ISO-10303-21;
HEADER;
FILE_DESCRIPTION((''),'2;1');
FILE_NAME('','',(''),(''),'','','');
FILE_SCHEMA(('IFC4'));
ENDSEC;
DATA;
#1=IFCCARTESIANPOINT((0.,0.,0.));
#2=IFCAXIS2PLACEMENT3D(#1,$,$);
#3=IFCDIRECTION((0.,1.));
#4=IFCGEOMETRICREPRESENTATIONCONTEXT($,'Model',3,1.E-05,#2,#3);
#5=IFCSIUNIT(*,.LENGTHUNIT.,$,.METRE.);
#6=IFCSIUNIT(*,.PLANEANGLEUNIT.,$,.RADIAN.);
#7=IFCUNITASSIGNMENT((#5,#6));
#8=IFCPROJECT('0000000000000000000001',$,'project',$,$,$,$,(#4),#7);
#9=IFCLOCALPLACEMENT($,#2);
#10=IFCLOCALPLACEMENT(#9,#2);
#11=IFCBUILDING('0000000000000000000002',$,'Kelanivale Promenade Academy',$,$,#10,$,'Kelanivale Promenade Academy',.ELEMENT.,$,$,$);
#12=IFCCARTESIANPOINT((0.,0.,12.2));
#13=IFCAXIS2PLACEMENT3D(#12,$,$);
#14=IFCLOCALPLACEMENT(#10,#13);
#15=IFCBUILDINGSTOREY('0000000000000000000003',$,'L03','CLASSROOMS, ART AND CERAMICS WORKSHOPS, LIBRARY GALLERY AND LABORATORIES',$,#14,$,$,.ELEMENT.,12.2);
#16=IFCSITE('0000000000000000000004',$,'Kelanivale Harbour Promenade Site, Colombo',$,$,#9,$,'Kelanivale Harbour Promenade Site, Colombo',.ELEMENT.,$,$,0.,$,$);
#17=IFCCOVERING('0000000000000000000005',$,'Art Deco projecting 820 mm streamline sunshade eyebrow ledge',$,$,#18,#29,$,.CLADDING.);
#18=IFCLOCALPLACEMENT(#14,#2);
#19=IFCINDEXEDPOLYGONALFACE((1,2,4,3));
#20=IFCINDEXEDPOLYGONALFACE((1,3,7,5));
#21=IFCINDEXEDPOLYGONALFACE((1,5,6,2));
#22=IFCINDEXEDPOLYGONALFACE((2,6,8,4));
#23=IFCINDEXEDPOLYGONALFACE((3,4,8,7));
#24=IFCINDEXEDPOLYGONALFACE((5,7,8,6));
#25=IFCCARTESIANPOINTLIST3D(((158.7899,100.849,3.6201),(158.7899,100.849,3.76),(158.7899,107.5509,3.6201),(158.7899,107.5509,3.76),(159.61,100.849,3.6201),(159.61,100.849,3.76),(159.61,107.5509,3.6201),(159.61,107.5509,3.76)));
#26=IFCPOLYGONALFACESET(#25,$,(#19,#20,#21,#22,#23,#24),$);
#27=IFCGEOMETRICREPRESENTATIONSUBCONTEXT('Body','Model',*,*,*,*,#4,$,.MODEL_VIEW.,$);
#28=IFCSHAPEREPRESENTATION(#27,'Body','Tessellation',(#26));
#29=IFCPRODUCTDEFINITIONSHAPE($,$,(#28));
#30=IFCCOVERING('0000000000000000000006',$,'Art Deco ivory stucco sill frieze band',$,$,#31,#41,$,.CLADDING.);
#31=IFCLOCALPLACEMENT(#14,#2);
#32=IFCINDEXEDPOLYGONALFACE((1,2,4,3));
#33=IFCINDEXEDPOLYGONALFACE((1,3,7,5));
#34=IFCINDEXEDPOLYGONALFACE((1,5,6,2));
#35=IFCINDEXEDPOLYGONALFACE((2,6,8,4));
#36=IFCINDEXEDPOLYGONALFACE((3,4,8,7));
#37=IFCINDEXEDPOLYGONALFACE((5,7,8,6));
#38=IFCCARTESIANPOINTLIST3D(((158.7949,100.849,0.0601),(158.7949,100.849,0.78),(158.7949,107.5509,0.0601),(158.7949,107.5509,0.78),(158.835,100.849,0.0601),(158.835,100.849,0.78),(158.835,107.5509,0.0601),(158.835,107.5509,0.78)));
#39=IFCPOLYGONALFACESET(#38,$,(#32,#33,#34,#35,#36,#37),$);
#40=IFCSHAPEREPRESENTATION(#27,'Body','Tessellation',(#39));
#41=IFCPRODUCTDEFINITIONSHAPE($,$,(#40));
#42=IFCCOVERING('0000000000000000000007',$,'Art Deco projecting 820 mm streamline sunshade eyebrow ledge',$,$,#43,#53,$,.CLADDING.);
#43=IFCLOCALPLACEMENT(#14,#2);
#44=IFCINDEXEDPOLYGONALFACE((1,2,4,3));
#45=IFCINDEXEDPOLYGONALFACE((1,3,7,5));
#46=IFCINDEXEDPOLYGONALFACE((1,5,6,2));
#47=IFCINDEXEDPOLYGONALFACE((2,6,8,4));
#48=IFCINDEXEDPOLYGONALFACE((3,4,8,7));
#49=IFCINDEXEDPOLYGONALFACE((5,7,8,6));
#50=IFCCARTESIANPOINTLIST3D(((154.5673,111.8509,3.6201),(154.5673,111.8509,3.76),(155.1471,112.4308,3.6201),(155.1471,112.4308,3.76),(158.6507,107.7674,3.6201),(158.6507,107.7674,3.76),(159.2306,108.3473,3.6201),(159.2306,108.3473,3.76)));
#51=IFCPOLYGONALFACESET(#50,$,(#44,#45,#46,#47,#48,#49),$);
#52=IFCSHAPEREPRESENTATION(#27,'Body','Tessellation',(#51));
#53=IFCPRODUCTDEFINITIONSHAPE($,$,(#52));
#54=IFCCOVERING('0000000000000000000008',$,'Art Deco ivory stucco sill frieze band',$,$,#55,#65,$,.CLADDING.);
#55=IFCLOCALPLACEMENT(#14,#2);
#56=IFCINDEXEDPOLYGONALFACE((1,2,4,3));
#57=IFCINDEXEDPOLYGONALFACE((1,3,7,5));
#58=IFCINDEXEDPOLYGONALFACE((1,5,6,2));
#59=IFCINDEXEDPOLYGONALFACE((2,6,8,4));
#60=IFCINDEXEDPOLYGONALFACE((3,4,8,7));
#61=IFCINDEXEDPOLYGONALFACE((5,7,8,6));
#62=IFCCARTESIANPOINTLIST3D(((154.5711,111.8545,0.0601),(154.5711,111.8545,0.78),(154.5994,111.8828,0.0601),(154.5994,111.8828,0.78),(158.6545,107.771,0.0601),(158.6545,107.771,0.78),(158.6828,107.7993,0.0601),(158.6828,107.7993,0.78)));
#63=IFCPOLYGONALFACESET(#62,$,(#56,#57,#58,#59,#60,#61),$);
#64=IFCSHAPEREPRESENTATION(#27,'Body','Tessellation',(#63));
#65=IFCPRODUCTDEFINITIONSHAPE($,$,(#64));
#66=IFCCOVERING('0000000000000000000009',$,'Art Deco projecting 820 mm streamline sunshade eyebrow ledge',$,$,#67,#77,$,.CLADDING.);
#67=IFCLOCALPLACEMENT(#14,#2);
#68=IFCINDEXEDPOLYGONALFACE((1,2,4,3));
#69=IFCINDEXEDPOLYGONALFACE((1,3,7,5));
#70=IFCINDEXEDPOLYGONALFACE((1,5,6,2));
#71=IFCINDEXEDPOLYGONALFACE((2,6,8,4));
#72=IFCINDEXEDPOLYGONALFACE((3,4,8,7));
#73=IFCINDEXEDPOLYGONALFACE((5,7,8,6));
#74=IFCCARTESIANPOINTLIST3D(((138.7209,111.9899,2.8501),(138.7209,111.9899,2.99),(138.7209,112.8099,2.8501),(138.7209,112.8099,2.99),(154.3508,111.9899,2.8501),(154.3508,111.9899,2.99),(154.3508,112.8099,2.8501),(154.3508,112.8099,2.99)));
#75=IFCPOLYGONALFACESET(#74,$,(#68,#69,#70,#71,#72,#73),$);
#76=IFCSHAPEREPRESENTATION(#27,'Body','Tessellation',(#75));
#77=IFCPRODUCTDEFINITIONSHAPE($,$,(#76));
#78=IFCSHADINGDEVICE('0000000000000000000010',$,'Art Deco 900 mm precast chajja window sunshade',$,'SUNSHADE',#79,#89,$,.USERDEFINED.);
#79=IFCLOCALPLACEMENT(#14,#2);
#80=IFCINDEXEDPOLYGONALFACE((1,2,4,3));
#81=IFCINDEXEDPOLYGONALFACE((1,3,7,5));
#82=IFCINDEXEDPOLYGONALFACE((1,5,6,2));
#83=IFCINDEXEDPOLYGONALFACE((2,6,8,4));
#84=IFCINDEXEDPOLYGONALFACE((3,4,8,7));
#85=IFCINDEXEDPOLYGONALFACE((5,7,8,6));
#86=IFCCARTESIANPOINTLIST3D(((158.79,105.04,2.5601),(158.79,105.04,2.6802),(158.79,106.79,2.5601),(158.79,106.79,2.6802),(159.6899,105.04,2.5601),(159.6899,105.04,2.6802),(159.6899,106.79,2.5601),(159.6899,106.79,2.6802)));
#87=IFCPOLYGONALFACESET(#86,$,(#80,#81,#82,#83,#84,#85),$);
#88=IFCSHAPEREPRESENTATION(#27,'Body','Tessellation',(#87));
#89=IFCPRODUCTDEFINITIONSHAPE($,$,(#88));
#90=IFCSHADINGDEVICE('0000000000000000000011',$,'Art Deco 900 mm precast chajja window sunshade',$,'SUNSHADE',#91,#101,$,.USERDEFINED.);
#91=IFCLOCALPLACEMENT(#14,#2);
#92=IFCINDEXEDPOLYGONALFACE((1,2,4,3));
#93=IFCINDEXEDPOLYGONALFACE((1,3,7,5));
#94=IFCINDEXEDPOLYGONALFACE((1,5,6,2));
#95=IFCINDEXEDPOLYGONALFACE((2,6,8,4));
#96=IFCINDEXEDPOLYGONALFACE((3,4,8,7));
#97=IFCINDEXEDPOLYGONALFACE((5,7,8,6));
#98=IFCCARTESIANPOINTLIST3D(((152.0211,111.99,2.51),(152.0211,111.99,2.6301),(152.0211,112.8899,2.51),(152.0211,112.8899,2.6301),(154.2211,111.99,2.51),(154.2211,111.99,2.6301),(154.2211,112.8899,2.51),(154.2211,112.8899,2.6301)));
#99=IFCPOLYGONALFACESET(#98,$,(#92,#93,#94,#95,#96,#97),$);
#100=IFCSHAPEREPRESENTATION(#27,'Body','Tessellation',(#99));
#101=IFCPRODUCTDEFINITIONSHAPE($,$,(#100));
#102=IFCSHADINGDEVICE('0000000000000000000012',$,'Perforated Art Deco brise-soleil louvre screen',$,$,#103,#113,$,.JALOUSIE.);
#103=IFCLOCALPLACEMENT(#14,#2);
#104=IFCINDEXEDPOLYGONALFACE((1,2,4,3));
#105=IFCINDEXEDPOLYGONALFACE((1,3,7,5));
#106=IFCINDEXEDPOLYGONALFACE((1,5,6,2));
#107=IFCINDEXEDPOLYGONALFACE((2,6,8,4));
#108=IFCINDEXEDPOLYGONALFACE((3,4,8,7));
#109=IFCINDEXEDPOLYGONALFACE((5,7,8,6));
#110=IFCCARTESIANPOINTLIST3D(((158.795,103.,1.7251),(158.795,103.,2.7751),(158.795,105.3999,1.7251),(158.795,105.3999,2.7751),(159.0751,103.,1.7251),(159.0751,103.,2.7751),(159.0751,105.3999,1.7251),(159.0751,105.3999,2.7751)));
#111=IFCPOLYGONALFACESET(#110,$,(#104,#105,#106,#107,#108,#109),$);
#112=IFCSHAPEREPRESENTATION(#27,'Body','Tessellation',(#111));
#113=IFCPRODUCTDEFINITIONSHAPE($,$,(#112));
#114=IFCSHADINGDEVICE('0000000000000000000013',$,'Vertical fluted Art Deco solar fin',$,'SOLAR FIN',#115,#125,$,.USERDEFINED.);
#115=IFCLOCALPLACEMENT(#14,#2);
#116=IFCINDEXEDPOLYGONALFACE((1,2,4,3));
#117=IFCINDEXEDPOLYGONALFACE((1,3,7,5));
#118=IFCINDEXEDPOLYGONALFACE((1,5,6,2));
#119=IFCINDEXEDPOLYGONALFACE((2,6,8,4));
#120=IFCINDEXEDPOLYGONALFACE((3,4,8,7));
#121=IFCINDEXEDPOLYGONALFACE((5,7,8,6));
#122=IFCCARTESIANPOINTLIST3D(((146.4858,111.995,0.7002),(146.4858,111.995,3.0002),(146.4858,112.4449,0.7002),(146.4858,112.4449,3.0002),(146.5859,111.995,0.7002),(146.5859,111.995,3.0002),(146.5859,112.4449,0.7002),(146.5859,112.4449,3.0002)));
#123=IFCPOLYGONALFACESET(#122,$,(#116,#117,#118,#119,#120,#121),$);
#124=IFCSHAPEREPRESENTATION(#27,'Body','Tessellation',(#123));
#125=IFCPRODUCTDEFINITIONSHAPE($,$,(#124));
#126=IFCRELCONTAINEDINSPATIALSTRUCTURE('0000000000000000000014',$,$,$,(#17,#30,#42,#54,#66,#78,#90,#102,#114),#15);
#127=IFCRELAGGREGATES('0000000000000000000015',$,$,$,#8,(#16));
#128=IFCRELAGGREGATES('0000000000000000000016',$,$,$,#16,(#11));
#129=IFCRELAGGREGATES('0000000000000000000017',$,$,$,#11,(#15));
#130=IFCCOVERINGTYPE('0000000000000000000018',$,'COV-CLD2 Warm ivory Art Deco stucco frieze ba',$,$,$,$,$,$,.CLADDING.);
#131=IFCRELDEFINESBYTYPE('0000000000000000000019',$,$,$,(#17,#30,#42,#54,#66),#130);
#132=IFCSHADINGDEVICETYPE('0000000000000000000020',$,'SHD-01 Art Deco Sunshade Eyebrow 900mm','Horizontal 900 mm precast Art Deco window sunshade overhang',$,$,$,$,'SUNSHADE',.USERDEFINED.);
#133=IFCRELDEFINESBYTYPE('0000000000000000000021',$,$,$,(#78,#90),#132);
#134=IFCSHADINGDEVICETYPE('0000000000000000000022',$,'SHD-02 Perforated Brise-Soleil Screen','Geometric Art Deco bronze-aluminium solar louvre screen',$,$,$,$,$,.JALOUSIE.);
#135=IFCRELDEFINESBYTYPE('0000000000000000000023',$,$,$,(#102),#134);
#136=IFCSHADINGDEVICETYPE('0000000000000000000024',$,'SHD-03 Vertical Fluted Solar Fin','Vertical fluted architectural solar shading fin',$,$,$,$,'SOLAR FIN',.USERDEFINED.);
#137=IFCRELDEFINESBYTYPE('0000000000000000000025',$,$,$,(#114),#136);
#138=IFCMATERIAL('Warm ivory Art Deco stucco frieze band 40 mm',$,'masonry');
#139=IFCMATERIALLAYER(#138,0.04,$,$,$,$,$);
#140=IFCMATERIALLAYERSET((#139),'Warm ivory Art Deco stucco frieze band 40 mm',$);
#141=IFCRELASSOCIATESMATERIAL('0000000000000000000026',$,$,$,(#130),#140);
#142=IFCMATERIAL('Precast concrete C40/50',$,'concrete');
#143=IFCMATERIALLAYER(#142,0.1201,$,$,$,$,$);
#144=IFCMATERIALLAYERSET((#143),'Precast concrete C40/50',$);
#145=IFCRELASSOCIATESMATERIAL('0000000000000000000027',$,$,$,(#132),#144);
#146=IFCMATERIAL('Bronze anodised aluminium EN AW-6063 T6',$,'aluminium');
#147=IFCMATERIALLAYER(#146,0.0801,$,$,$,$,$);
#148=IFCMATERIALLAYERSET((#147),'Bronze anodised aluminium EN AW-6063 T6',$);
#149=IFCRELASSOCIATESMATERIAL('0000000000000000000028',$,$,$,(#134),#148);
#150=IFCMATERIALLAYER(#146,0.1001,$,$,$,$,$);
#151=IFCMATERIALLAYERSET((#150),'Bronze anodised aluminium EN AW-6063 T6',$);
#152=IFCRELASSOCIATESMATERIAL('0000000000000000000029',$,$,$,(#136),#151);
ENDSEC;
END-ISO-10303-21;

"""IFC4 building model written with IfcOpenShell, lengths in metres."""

from ifc_helpers import new_model, si_unit, direction, frame, origin, origin_2d, place, context, subcontext, project, spatial, rectangle, extrude, material, layer, layer_set, type_object, element, save


model = new_model("IFC4")

# Units and contexts
model_context = context("Model", 3, precision=1e-05, world=origin(), true_north=direction((0.0, 1.0)))
body_context = subcontext(model_context, "Body", "Model", "MODEL_VIEW")
ifc_project = project(units=[si_unit("LENGTHUNIT", "METRE"), si_unit("PLANEANGLEUNIT", "RADIAN")], contexts=[model_context])

# Site, building, storey
site_placement = place(None, origin())
site = spatial("IfcSite", under=ifc_project, at=site_placement, Name="Kelanivale Harbour Promenade Site, Colombo", LongName="Kelanivale Harbour Promenade Site, Colombo", CompositionType="ELEMENT", RefElevation=0.0)
building_placement = place(site_placement, origin())
building = spatial("IfcBuilding", under=site, at=building_placement, Name="Kelanivale Promenade Academy", LongName="Kelanivale Promenade Academy", CompositionType="ELEMENT")
storey_placement = place(building_placement, frame((0.0, 0.0, 12.2)))
storey = spatial("IfcBuildingStorey", under=building, at=storey_placement, Name="L03", Description="CLASSROOMS, ART AND CERAMICS WORKSHOPS, LIBRARY GALLERY AND LABORATORIES", CompositionType="ELEMENT", Elevation=12.2)

# Coverings
ifc_material_1 = material(Name="Warm ivory Art Deco stucco frieze band 40 mm", Category="masonry")
ifc_layer_1 = layer(ifc_material_1, 0.04)
ifc_layer_set_1 = layer_set([ifc_layer_1], Name="Warm ivory Art Deco stucco frieze band 40 mm")
covering_type = type_object("IfcCoveringType", Name="COV-CLD2 Warm ivory Art Deco stucco frieze ba", PredefinedType="CLADDING", material=ifc_layer_set_1)
covering_1_placement = place(storey_placement, frame((159.2, 104.2, 3.6201), z_axis=(0.0, 0.0, 1.0), x_axis=(0.0, 1.0, 0.0)))
element("IfcCovering", 1, at=covering_1_placement, inside=storey, type_object=covering_type, Name="Art Deco projecting 820 mm streamline sunshade eyebrow ledge", PredefinedType="CLADDING", context=body_context, shape_type="SweptSolid", body=[
    extrude(rectangle(XDim=6.7019, YDim=0.8201, at=origin_2d()), origin(), (0.0, 0.0, 1.0), 0.1399),
])
covering_2_placement = place(storey_placement, frame((158.8149, 104.2, 0.0601), z_axis=(0.0, 0.0, 1.0), x_axis=(0.0, 1.0, 0.0)))
element("IfcCovering", 2, at=covering_2_placement, inside=storey, type_object=covering_type, Name="Art Deco ivory stucco sill frieze band", PredefinedType="CLADDING", context=body_context, shape_type="SweptSolid", body=[
    extrude(rectangle(XDim=6.7019, YDim=0.04, at=origin_2d()), origin(), (0.0, 0.0, 1.0), 0.72),
])
covering_3_placement = place(storey_placement, frame((156.8989, 110.0991, 3.6201), z_axis=(0.0, 0.0, 1.0), x_axis=(-0.707107, 0.707107, 0.0)))
element("IfcCovering", 3, at=covering_3_placement, inside=storey, type_object=covering_type, Name="Art Deco projecting 820 mm streamline sunshade eyebrow ledge", PredefinedType="CLADDING", context=body_context, shape_type="SweptSolid", body=[
    extrude(rectangle(XDim=5.7749, YDim=0.8201, at=origin_2d()), origin(), (0.0, 0.0, 1.0), 0.1399),
])
covering_4_placement = place(storey_placement, frame((156.627, 109.8269, 0.0601), z_axis=(0.0, 0.0, 1.0), x_axis=(-0.707107, 0.707107, 0.0)))
element("IfcCovering", 4, at=covering_4_placement, inside=storey, type_object=covering_type, Name="Art Deco ivory stucco sill frieze band", PredefinedType="CLADDING", context=body_context, shape_type="SweptSolid", body=[
    extrude(rectangle(XDim=5.7749, YDim=0.04, at=origin_2d()), origin(), (0.0, 0.0, 1.0), 0.72),
])
covering_5_placement = place(storey_placement, frame((146.5359, 112.3999, 2.8501), z_axis=(0.0, 0.0, 1.0), x_axis=(-1.0, 0.0, 0.0)))
element("IfcCovering", 5, at=covering_5_placement, inside=storey, type_object=covering_type, Name="Art Deco projecting 820 mm streamline sunshade eyebrow ledge", PredefinedType="CLADDING", context=body_context, shape_type="SweptSolid", body=[
    extrude(rectangle(XDim=15.6299, YDim=0.8201, at=origin_2d()), origin(), (0.0, 0.0, 1.0), 0.1399),
])

# Shading devices
ifc_material_2 = material(Name="Precast concrete C40/50", Category="concrete")
ifc_layer_2 = layer(ifc_material_2, 0.1201)
ifc_layer_set_2 = layer_set([ifc_layer_2], Name="Precast concrete C40/50")
shading_device_type_1 = type_object("IfcShadingDeviceType", Name="SHD-01 Art Deco Sunshade Eyebrow 900mm", Description="Horizontal 900 mm precast Art Deco window sunshade overhang", ElementType="SUNSHADE", PredefinedType="USERDEFINED", material=ifc_layer_set_2)
shading_device_1_placement = place(storey_placement, frame((159.24, 105.915, 2.5601), z_axis=(0.0, 0.0, 1.0), x_axis=(0.0, 1.0, 0.0)))
element("IfcShadingDevice", 6, at=shading_device_1_placement, inside=storey, type_object=shading_device_type_1, Name="Art Deco 900 mm precast chajja window sunshade", ObjectType="SUNSHADE", PredefinedType="USERDEFINED", context=body_context, shape_type="SweptSolid", body=[
    extrude(rectangle(XDim=1.75, YDim=0.8999, at=origin_2d()), origin(), (0.0, 0.0, 1.0), 0.1201),
])
shading_device_2_placement = place(storey_placement, frame((153.1211, 112.4399, 2.51), z_axis=(0.0, 0.0, 1.0), x_axis=(-1.0, 0.0, 0.0)))
element("IfcShadingDevice", 7, at=shading_device_2_placement, inside=storey, type_object=shading_device_type_1, Name="Art Deco 900 mm precast chajja window sunshade", ObjectType="SUNSHADE", PredefinedType="USERDEFINED", context=body_context, shape_type="SweptSolid", body=[
    extrude(rectangle(XDim=2.2, YDim=0.8999, at=origin_2d()), origin(), (0.0, 0.0, 1.0), 0.1201),
])
ifc_material_3 = material(Name="Bronze anodised aluminium EN AW-6063 T6", Category="aluminium")
ifc_layer_3 = layer(ifc_material_3, 0.0801)
ifc_layer_set_3 = layer_set([ifc_layer_3], Name="Bronze anodised aluminium EN AW-6063 T6")
shading_device_type_2 = type_object("IfcShadingDeviceType", Name="SHD-02 Perforated Brise-Soleil Screen", Description="Geometric Art Deco bronze-aluminium solar louvre screen", PredefinedType="JALOUSIE", material=ifc_layer_set_3)
shading_device_3_placement = place(storey_placement, frame((158.9351, 104.2, 1.7251), z_axis=(0.0, 0.0, 1.0), x_axis=(0.0, 1.0, 0.0)))
element("IfcShadingDevice", 8, at=shading_device_3_placement, inside=storey, type_object=shading_device_type_2, Name="Perforated Art Deco brise-soleil louvre screen", PredefinedType="JALOUSIE", context=body_context, shape_type="SweptSolid", body=[
    extrude(rectangle(XDim=2.3999, YDim=0.28, at=origin_2d()), origin(), (0.0, 0.0, 1.0), 1.05),
])
ifc_layer_4 = layer(ifc_material_3, 0.1001)
ifc_layer_set_4 = layer_set([ifc_layer_4], Name="Bronze anodised aluminium EN AW-6063 T6")
shading_device_type_3 = type_object("IfcShadingDeviceType", Name="SHD-03 Vertical Fluted Solar Fin", Description="Vertical fluted architectural solar shading fin", ElementType="SOLAR FIN", PredefinedType="USERDEFINED", material=ifc_layer_set_4)
shading_device_4_placement = place(storey_placement, frame((146.5359, 112.22, 0.7002), z_axis=(0.0, 0.0, 1.0), x_axis=(-1.0, 0.0, 0.0)))
element("IfcShadingDevice", 9, at=shading_device_4_placement, inside=storey, type_object=shading_device_type_3, Name="Vertical fluted Art Deco solar fin", ObjectType="SOLAR FIN", PredefinedType="USERDEFINED", context=body_context, shape_type="SweptSolid", body=[
    extrude(rectangle(XDim=0.1001, YDim=0.45, at=origin_2d()), origin(), (0.0, 0.0, 1.0), 2.3),
])

save(model, "model.ifc")
